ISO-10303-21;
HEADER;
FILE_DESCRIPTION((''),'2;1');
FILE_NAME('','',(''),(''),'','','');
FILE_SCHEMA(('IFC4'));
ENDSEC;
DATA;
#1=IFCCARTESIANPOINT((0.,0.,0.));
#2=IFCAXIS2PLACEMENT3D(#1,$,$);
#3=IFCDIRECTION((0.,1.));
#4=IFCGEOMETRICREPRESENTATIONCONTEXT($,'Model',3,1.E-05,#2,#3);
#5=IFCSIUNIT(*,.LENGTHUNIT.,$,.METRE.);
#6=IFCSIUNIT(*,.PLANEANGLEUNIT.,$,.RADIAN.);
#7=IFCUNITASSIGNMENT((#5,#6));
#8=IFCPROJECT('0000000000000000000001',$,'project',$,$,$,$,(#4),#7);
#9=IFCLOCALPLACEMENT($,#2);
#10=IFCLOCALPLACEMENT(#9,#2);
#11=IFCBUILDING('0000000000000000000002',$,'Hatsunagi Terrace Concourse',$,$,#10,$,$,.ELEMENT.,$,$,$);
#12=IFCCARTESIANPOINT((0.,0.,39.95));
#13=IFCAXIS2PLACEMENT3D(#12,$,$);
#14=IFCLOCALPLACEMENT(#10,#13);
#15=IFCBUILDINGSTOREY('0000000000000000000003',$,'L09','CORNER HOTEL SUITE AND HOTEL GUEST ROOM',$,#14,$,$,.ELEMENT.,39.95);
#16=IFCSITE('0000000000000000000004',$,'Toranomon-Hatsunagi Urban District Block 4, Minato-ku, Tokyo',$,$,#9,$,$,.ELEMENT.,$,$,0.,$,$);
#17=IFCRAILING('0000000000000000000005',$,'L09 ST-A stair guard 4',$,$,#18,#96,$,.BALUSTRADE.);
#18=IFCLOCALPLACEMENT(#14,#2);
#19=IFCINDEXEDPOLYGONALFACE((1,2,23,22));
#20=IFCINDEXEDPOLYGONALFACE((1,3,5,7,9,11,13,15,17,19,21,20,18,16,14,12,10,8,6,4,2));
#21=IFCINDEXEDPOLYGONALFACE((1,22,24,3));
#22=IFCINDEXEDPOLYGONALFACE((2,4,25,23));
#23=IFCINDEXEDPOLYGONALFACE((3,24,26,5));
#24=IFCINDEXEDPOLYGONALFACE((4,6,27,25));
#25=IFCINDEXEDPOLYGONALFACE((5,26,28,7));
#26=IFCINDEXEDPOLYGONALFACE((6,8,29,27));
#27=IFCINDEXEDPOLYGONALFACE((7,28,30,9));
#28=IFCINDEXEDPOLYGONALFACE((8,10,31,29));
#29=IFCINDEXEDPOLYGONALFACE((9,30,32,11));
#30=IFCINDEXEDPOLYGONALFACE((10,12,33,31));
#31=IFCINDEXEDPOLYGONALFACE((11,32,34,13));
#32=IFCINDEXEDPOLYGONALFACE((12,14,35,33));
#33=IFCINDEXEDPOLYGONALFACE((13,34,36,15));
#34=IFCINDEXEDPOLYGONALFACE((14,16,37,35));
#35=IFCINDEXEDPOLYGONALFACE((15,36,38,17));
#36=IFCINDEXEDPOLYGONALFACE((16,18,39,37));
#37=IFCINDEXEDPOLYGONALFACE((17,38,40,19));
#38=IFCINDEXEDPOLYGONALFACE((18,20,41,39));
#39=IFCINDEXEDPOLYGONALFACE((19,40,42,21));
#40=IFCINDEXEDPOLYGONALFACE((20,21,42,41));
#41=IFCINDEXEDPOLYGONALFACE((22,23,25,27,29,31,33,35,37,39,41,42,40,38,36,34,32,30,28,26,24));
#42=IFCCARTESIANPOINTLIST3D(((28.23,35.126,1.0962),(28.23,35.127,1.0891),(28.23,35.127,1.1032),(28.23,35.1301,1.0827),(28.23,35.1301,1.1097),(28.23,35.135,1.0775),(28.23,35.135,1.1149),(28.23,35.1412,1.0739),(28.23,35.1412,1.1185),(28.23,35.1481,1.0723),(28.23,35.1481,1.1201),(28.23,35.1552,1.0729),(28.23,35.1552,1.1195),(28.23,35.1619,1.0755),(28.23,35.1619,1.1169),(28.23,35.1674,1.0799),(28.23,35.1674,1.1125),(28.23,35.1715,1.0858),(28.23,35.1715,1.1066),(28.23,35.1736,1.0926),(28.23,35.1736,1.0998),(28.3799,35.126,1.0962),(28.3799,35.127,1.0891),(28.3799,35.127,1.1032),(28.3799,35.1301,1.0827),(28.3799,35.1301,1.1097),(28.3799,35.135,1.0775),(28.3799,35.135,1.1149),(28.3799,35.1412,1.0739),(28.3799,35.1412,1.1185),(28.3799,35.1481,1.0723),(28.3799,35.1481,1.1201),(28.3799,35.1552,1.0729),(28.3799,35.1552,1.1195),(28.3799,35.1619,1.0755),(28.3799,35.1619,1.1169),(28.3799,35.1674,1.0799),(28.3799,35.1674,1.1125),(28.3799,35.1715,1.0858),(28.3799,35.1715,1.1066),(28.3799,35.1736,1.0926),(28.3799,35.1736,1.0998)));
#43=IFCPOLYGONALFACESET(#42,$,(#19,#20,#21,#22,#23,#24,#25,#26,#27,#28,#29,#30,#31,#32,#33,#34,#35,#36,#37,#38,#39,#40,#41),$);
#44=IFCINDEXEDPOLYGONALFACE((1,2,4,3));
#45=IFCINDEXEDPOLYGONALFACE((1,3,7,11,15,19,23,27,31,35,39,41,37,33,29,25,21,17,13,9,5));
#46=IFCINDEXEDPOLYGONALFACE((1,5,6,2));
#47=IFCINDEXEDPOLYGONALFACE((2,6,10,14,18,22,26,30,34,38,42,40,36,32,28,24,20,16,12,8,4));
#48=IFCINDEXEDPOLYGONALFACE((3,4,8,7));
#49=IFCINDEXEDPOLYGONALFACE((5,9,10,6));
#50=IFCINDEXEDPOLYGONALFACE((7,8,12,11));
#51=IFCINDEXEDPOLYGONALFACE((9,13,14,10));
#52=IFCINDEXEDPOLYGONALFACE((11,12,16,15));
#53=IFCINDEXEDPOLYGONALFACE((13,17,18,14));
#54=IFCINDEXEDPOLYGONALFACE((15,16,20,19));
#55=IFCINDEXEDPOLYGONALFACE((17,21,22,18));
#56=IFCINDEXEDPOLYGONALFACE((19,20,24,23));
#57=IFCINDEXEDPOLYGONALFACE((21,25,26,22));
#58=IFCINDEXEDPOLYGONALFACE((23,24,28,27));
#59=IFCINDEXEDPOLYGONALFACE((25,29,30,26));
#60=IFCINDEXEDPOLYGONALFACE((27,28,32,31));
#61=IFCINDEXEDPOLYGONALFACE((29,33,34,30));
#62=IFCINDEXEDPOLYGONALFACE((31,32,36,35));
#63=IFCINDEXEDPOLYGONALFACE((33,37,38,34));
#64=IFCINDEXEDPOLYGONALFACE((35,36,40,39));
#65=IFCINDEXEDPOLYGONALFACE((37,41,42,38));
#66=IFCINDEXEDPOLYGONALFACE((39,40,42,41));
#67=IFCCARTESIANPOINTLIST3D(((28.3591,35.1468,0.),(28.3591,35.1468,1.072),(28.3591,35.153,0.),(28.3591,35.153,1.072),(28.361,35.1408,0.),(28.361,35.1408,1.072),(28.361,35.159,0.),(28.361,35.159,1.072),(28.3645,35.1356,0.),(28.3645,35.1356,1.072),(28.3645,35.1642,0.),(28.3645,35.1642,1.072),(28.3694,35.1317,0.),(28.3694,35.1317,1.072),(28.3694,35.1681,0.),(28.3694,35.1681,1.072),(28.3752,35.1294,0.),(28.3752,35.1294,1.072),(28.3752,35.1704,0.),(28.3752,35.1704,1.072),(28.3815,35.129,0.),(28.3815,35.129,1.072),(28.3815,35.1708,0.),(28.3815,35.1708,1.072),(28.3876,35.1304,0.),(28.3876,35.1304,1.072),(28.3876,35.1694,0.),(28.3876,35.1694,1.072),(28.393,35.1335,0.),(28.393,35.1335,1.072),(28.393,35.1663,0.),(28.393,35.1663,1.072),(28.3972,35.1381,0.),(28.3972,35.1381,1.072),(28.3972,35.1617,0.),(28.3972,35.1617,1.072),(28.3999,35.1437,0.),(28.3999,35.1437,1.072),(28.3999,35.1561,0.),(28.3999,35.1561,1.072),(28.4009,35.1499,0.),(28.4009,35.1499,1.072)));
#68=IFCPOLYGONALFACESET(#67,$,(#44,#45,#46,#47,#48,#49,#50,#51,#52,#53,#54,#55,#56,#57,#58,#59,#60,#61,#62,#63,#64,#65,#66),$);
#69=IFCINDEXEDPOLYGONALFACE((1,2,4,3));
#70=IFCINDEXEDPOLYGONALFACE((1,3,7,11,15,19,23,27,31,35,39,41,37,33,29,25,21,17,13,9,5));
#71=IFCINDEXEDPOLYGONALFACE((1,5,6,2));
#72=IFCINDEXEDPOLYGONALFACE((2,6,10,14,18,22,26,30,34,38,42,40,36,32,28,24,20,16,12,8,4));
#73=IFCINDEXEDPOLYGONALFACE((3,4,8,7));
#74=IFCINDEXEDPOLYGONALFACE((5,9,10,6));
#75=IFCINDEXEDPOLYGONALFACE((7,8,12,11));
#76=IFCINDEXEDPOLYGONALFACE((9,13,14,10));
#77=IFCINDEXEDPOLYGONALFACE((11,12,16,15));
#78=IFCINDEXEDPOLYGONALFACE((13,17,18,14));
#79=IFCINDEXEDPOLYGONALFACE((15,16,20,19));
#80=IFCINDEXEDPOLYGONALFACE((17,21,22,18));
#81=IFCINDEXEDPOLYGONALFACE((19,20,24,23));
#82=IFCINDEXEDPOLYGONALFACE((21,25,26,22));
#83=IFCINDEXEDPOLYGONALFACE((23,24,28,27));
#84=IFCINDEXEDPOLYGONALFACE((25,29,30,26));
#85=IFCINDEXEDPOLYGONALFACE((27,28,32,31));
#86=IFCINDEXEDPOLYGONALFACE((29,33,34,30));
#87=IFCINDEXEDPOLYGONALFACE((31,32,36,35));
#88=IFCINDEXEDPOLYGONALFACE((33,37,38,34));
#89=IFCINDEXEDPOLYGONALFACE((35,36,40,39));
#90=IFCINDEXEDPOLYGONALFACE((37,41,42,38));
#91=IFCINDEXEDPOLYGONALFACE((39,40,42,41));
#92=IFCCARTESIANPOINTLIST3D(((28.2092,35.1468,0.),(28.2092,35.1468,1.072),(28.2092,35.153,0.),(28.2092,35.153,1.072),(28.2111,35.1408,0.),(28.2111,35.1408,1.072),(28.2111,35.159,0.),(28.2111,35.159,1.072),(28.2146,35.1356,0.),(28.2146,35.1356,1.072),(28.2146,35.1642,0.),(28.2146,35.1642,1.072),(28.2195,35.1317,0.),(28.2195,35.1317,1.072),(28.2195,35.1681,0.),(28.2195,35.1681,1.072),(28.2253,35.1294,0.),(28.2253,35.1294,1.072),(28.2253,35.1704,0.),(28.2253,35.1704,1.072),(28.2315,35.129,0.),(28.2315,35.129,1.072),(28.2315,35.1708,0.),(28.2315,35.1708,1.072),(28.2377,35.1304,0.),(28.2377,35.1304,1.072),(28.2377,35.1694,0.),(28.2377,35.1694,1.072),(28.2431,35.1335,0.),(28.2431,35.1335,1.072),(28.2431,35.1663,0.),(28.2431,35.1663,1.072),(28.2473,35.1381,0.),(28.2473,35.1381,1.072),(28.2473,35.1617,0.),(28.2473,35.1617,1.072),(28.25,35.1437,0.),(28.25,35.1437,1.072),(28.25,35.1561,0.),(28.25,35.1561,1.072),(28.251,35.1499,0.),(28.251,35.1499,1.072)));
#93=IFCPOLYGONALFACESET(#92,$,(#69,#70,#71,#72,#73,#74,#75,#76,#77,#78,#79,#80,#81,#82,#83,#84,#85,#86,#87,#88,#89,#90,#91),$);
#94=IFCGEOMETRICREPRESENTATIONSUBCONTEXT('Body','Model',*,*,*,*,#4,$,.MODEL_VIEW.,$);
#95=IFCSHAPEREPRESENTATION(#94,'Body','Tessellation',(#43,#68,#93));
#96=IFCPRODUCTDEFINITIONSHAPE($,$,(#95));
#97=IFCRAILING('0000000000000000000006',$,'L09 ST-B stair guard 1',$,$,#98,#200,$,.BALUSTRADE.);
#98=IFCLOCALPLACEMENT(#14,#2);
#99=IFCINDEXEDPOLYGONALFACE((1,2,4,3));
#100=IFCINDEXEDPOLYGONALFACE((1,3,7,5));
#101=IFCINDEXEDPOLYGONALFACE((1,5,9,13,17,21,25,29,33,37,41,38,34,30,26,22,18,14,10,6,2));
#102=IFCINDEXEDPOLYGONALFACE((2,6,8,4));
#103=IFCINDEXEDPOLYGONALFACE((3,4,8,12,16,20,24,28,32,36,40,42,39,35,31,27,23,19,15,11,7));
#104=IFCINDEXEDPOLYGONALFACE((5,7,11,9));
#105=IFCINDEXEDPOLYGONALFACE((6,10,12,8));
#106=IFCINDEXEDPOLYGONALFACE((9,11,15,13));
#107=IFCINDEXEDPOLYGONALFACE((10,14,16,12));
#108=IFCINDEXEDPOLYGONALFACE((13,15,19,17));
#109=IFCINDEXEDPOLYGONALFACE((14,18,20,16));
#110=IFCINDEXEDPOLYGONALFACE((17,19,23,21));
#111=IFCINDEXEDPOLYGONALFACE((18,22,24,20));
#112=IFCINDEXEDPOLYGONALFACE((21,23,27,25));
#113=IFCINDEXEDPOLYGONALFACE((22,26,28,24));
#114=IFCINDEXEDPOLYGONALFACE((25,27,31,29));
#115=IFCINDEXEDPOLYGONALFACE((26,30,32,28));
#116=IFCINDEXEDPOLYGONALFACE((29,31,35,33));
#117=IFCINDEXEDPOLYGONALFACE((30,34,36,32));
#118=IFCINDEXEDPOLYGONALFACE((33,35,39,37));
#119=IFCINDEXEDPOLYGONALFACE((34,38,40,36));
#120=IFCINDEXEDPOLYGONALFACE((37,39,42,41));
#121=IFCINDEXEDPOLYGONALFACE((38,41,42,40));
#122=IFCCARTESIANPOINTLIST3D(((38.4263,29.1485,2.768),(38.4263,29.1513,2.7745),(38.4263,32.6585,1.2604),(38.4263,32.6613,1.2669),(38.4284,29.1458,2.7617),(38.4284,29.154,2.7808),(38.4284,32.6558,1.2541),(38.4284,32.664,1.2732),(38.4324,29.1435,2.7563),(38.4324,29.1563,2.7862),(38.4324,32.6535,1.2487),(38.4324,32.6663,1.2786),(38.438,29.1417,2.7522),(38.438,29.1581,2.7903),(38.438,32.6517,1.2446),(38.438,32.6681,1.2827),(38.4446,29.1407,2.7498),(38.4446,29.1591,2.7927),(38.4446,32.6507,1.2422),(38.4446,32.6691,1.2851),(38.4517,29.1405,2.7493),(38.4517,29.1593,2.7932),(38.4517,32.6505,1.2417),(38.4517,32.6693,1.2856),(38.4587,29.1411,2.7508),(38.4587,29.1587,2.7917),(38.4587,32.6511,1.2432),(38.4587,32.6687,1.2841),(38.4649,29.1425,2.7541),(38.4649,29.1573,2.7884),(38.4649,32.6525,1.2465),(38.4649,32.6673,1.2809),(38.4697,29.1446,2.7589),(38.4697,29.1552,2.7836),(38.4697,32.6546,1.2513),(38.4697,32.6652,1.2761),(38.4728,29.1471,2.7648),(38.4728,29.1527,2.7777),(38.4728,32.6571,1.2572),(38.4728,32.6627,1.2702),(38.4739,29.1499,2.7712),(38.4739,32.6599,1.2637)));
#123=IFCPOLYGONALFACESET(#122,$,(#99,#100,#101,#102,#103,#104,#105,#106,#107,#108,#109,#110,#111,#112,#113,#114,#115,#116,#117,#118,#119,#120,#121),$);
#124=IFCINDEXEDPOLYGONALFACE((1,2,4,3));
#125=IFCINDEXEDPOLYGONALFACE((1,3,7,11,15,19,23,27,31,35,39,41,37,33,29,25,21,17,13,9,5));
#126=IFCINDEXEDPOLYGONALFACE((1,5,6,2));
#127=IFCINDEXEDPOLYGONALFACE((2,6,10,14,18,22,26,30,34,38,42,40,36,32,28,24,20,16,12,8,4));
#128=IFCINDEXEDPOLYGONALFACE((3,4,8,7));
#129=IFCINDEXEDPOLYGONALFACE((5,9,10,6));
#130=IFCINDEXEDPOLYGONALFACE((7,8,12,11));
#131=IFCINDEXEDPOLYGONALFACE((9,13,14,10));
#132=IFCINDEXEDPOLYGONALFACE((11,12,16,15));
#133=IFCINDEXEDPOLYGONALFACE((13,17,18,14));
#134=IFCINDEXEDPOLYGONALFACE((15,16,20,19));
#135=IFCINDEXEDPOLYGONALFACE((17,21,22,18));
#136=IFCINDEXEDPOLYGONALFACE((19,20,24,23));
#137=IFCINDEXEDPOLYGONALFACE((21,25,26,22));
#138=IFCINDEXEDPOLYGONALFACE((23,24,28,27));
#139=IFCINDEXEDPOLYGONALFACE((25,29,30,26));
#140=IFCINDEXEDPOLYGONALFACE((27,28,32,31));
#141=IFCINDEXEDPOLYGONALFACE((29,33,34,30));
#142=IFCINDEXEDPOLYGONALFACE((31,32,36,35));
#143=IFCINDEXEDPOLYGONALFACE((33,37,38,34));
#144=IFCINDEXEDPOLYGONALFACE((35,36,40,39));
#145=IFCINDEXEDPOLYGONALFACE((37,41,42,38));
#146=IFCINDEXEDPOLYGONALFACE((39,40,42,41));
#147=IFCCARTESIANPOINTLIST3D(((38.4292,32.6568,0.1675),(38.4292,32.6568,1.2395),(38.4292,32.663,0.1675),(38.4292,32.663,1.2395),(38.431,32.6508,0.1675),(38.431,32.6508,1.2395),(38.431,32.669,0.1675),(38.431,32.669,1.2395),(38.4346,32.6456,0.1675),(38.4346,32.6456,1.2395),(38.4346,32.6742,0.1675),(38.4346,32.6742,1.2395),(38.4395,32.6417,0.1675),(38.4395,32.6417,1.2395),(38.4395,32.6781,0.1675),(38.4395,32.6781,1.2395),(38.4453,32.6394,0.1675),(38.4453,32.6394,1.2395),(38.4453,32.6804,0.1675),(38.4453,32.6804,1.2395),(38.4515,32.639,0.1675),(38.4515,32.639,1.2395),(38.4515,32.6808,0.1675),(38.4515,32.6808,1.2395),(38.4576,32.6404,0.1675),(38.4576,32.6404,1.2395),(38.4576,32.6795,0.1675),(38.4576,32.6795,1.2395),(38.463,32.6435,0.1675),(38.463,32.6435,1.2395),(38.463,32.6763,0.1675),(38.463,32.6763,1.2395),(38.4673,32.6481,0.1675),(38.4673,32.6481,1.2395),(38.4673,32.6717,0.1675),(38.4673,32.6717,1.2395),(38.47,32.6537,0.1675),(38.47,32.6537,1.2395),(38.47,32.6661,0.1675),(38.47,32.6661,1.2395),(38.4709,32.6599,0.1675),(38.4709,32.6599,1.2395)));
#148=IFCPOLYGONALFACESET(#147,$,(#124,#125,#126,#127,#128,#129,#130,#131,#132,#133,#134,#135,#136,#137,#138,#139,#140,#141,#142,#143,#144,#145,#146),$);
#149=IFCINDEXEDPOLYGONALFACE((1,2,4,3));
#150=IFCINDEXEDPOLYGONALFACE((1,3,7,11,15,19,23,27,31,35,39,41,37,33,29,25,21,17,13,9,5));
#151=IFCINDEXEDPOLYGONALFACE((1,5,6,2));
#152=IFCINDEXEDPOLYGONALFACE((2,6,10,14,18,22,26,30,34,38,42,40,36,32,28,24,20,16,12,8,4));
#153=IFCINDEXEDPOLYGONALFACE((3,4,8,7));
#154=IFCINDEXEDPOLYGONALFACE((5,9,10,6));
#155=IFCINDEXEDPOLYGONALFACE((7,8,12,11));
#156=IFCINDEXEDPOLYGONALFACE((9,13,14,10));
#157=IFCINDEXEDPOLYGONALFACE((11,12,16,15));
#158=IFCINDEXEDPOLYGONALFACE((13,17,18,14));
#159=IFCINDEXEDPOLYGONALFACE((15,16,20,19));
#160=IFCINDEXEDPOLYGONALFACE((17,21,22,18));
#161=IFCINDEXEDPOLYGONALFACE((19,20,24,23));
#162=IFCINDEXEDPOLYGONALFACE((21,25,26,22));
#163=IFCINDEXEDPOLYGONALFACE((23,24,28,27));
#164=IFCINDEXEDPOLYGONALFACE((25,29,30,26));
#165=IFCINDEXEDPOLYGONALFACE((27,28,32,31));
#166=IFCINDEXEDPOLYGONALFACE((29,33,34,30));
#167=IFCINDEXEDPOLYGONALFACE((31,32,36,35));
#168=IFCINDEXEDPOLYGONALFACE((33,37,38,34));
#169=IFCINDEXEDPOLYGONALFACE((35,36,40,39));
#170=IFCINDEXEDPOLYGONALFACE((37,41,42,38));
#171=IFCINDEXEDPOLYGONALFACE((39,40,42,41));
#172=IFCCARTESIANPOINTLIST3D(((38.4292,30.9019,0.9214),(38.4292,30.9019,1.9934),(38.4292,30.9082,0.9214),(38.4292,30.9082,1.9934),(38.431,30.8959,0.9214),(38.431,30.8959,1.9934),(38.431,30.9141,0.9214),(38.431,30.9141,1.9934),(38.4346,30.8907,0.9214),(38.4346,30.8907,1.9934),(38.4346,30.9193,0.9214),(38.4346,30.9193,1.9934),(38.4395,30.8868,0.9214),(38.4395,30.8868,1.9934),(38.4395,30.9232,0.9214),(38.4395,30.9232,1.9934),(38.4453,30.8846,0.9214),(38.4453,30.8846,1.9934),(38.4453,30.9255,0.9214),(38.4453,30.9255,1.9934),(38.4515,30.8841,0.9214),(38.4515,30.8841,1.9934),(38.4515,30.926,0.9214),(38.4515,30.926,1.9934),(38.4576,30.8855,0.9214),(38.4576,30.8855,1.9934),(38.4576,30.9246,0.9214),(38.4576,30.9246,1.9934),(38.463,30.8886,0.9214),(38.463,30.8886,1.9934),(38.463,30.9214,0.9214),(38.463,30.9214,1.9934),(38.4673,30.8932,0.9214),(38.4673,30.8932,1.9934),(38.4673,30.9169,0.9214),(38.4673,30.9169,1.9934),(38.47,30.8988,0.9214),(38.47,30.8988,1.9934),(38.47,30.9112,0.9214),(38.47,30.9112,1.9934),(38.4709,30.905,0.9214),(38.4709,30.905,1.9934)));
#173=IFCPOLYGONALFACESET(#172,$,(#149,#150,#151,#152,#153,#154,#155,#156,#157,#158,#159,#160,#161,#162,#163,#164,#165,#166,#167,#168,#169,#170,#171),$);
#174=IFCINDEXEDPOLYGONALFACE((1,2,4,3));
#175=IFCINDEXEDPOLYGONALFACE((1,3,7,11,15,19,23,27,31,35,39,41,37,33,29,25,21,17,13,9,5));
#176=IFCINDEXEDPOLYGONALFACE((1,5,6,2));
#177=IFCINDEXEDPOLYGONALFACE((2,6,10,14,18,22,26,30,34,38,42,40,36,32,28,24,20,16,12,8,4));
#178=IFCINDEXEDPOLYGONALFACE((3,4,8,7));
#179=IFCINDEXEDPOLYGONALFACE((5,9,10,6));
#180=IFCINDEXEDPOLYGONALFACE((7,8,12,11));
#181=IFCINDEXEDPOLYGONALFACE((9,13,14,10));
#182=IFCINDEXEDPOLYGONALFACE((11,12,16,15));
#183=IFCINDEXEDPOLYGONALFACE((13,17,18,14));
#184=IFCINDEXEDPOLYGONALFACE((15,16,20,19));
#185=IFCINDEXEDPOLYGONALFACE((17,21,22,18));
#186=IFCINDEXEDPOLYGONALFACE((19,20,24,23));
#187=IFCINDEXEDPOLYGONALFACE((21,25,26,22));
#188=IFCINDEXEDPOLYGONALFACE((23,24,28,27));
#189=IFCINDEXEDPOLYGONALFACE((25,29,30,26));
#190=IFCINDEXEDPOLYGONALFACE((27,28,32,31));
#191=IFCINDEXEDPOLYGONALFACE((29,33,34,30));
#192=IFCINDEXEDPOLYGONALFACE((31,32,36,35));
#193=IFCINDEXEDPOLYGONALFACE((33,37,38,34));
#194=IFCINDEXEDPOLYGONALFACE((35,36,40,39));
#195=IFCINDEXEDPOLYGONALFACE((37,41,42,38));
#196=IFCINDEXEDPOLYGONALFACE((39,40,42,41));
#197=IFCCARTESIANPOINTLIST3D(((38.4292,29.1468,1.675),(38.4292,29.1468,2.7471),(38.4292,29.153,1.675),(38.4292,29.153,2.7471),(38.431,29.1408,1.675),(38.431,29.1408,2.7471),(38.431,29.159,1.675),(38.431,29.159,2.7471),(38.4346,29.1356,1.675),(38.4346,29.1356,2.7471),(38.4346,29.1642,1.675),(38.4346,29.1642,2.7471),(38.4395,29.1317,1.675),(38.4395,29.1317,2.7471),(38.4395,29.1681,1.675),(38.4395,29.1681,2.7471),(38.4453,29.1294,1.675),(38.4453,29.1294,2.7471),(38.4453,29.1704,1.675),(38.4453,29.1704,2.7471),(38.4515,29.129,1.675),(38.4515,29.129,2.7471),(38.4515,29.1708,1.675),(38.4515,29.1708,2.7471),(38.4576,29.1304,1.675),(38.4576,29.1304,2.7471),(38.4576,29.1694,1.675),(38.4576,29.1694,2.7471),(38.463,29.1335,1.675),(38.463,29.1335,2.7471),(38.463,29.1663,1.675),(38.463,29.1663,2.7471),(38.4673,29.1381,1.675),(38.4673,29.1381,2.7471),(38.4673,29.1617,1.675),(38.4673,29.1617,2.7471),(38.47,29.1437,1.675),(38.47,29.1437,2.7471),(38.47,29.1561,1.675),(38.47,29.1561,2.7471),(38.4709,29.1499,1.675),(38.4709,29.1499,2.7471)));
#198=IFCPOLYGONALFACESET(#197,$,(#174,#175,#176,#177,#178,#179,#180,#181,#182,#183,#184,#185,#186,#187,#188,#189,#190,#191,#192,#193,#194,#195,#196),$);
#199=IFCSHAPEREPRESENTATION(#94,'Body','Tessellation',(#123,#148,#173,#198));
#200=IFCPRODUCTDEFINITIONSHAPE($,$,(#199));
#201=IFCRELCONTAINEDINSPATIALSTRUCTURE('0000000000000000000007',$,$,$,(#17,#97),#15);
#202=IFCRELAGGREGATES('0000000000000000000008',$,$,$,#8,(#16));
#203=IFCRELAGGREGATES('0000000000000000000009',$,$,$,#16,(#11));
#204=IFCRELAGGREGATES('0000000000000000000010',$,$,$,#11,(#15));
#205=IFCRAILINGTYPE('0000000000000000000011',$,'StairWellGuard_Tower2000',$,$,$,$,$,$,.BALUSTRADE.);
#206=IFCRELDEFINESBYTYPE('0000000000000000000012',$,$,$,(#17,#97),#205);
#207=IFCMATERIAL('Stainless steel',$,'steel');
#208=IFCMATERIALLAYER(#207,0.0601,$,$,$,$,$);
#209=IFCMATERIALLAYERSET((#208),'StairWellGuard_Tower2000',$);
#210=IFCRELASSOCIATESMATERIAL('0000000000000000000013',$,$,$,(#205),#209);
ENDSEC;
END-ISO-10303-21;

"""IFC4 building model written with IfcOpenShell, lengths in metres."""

from ifc_helpers import new_model, si_unit, direction, frame, origin, origin_2d, place, context, subcontext, project, spatial, circle, extrude, material, layer, layer_set, type_object, element, save


model = new_model("IFC4")

# Units and contexts
model_context = context("Model", 3, precision=1e-05, world=origin(), true_north=direction((0.0, 1.0)))
body_context = subcontext(model_context, "Body", "Model", "MODEL_VIEW")
ifc_project = project(units=[si_unit("LENGTHUNIT", "METRE"), si_unit("PLANEANGLEUNIT", "RADIAN")], contexts=[model_context])

# Site, building, storey
site_placement = place(None, origin())
site = spatial("IfcSite", under=ifc_project, at=site_placement, Name="Toranomon-Hatsunagi Urban District Block 4, Minato-ku, Tokyo", CompositionType="ELEMENT", RefElevation=0.0)
building_placement = place(site_placement, origin())
building = spatial("IfcBuilding", under=site, at=building_placement, Name="Hatsunagi Terrace Concourse", CompositionType="ELEMENT")
storey_placement = place(building_placement, frame((0.0, 0.0, 39.95)))
storey = spatial("IfcBuildingStorey", under=building, at=storey_placement, Name="L09", Description="CORNER HOTEL SUITE AND HOTEL GUEST ROOM", CompositionType="ELEMENT", Elevation=39.95)

# Railings
ifc_material_1 = material(Name="Stainless steel", Category="steel")
ifc_layer_1 = layer(ifc_material_1, 0.0601)
ifc_layer_set_1 = layer_set([ifc_layer_1], Name="StairWellGuard_Tower2000")
railing_type_1 = type_object("IfcRailingType", Name="StairWellGuard_Tower2000", PredefinedType="BALUSTRADE", material=ifc_layer_set_1)
railing_1_placement = place(storey_placement, frame((28.3799, 35.1499, 0.0)))
element("IfcRailing", 1, at=railing_1_placement, inside=storey, type_object=railing_type_1, Name="L09 ST-A stair guard 4", PredefinedType="BALUSTRADE", context=body_context, shape_type="SweptSolid", body=[
    extrude(circle(Radius=0.0239, at=origin_2d()), frame((0.0, 0.0, 1.0962), z_axis=(-1.0, 0.0, 0.0), x_axis=(0.0, -1.0, 0.0)), (0.0, 0.0, 1.0), 0.1499),
    extrude(circle(Radius=0.021, at=origin_2d()), origin(), (0.0, 0.0, 1.0), 1.072),
    extrude(circle(Radius=0.021, at=origin_2d()), frame((-0.1499, 0.0, 0.0)), (0.0, 0.0, 1.0), 1.072),
])
railing_2_placement = place(storey_placement, frame((38.45, 32.6599, 0.1675)))
element("IfcRailing", 2, at=railing_2_placement, inside=storey, type_object=railing_type_1, Name="L09 ST-B stair guard 1", PredefinedType="BALUSTRADE", context=body_context, shape_type="SweptSolid", body=[
    extrude(circle(Radius=0.0239, at=origin_2d()), frame((0.0, 0.0, 1.0962), z_axis=(0.0, -0.918834, 0.394644), x_axis=(1.0, 0.0, 0.0)), (0.0, 0.0, 1.0), 3.8201),
    extrude(circle(Radius=0.021, at=origin_2d()), origin(), (0.0, 0.0, 1.0), 1.072),
    extrude(circle(Radius=0.021, at=origin_2d()), frame((0.0, -1.7549, 0.7539)), (0.0, 0.0, 1.0), 1.072),
    extrude(circle(Radius=0.021, at=origin_2d()), frame((0.0, -3.51, 1.5076)), (0.0, 0.0, 1.0), 1.072),
])

save(model, "model.ifc")
